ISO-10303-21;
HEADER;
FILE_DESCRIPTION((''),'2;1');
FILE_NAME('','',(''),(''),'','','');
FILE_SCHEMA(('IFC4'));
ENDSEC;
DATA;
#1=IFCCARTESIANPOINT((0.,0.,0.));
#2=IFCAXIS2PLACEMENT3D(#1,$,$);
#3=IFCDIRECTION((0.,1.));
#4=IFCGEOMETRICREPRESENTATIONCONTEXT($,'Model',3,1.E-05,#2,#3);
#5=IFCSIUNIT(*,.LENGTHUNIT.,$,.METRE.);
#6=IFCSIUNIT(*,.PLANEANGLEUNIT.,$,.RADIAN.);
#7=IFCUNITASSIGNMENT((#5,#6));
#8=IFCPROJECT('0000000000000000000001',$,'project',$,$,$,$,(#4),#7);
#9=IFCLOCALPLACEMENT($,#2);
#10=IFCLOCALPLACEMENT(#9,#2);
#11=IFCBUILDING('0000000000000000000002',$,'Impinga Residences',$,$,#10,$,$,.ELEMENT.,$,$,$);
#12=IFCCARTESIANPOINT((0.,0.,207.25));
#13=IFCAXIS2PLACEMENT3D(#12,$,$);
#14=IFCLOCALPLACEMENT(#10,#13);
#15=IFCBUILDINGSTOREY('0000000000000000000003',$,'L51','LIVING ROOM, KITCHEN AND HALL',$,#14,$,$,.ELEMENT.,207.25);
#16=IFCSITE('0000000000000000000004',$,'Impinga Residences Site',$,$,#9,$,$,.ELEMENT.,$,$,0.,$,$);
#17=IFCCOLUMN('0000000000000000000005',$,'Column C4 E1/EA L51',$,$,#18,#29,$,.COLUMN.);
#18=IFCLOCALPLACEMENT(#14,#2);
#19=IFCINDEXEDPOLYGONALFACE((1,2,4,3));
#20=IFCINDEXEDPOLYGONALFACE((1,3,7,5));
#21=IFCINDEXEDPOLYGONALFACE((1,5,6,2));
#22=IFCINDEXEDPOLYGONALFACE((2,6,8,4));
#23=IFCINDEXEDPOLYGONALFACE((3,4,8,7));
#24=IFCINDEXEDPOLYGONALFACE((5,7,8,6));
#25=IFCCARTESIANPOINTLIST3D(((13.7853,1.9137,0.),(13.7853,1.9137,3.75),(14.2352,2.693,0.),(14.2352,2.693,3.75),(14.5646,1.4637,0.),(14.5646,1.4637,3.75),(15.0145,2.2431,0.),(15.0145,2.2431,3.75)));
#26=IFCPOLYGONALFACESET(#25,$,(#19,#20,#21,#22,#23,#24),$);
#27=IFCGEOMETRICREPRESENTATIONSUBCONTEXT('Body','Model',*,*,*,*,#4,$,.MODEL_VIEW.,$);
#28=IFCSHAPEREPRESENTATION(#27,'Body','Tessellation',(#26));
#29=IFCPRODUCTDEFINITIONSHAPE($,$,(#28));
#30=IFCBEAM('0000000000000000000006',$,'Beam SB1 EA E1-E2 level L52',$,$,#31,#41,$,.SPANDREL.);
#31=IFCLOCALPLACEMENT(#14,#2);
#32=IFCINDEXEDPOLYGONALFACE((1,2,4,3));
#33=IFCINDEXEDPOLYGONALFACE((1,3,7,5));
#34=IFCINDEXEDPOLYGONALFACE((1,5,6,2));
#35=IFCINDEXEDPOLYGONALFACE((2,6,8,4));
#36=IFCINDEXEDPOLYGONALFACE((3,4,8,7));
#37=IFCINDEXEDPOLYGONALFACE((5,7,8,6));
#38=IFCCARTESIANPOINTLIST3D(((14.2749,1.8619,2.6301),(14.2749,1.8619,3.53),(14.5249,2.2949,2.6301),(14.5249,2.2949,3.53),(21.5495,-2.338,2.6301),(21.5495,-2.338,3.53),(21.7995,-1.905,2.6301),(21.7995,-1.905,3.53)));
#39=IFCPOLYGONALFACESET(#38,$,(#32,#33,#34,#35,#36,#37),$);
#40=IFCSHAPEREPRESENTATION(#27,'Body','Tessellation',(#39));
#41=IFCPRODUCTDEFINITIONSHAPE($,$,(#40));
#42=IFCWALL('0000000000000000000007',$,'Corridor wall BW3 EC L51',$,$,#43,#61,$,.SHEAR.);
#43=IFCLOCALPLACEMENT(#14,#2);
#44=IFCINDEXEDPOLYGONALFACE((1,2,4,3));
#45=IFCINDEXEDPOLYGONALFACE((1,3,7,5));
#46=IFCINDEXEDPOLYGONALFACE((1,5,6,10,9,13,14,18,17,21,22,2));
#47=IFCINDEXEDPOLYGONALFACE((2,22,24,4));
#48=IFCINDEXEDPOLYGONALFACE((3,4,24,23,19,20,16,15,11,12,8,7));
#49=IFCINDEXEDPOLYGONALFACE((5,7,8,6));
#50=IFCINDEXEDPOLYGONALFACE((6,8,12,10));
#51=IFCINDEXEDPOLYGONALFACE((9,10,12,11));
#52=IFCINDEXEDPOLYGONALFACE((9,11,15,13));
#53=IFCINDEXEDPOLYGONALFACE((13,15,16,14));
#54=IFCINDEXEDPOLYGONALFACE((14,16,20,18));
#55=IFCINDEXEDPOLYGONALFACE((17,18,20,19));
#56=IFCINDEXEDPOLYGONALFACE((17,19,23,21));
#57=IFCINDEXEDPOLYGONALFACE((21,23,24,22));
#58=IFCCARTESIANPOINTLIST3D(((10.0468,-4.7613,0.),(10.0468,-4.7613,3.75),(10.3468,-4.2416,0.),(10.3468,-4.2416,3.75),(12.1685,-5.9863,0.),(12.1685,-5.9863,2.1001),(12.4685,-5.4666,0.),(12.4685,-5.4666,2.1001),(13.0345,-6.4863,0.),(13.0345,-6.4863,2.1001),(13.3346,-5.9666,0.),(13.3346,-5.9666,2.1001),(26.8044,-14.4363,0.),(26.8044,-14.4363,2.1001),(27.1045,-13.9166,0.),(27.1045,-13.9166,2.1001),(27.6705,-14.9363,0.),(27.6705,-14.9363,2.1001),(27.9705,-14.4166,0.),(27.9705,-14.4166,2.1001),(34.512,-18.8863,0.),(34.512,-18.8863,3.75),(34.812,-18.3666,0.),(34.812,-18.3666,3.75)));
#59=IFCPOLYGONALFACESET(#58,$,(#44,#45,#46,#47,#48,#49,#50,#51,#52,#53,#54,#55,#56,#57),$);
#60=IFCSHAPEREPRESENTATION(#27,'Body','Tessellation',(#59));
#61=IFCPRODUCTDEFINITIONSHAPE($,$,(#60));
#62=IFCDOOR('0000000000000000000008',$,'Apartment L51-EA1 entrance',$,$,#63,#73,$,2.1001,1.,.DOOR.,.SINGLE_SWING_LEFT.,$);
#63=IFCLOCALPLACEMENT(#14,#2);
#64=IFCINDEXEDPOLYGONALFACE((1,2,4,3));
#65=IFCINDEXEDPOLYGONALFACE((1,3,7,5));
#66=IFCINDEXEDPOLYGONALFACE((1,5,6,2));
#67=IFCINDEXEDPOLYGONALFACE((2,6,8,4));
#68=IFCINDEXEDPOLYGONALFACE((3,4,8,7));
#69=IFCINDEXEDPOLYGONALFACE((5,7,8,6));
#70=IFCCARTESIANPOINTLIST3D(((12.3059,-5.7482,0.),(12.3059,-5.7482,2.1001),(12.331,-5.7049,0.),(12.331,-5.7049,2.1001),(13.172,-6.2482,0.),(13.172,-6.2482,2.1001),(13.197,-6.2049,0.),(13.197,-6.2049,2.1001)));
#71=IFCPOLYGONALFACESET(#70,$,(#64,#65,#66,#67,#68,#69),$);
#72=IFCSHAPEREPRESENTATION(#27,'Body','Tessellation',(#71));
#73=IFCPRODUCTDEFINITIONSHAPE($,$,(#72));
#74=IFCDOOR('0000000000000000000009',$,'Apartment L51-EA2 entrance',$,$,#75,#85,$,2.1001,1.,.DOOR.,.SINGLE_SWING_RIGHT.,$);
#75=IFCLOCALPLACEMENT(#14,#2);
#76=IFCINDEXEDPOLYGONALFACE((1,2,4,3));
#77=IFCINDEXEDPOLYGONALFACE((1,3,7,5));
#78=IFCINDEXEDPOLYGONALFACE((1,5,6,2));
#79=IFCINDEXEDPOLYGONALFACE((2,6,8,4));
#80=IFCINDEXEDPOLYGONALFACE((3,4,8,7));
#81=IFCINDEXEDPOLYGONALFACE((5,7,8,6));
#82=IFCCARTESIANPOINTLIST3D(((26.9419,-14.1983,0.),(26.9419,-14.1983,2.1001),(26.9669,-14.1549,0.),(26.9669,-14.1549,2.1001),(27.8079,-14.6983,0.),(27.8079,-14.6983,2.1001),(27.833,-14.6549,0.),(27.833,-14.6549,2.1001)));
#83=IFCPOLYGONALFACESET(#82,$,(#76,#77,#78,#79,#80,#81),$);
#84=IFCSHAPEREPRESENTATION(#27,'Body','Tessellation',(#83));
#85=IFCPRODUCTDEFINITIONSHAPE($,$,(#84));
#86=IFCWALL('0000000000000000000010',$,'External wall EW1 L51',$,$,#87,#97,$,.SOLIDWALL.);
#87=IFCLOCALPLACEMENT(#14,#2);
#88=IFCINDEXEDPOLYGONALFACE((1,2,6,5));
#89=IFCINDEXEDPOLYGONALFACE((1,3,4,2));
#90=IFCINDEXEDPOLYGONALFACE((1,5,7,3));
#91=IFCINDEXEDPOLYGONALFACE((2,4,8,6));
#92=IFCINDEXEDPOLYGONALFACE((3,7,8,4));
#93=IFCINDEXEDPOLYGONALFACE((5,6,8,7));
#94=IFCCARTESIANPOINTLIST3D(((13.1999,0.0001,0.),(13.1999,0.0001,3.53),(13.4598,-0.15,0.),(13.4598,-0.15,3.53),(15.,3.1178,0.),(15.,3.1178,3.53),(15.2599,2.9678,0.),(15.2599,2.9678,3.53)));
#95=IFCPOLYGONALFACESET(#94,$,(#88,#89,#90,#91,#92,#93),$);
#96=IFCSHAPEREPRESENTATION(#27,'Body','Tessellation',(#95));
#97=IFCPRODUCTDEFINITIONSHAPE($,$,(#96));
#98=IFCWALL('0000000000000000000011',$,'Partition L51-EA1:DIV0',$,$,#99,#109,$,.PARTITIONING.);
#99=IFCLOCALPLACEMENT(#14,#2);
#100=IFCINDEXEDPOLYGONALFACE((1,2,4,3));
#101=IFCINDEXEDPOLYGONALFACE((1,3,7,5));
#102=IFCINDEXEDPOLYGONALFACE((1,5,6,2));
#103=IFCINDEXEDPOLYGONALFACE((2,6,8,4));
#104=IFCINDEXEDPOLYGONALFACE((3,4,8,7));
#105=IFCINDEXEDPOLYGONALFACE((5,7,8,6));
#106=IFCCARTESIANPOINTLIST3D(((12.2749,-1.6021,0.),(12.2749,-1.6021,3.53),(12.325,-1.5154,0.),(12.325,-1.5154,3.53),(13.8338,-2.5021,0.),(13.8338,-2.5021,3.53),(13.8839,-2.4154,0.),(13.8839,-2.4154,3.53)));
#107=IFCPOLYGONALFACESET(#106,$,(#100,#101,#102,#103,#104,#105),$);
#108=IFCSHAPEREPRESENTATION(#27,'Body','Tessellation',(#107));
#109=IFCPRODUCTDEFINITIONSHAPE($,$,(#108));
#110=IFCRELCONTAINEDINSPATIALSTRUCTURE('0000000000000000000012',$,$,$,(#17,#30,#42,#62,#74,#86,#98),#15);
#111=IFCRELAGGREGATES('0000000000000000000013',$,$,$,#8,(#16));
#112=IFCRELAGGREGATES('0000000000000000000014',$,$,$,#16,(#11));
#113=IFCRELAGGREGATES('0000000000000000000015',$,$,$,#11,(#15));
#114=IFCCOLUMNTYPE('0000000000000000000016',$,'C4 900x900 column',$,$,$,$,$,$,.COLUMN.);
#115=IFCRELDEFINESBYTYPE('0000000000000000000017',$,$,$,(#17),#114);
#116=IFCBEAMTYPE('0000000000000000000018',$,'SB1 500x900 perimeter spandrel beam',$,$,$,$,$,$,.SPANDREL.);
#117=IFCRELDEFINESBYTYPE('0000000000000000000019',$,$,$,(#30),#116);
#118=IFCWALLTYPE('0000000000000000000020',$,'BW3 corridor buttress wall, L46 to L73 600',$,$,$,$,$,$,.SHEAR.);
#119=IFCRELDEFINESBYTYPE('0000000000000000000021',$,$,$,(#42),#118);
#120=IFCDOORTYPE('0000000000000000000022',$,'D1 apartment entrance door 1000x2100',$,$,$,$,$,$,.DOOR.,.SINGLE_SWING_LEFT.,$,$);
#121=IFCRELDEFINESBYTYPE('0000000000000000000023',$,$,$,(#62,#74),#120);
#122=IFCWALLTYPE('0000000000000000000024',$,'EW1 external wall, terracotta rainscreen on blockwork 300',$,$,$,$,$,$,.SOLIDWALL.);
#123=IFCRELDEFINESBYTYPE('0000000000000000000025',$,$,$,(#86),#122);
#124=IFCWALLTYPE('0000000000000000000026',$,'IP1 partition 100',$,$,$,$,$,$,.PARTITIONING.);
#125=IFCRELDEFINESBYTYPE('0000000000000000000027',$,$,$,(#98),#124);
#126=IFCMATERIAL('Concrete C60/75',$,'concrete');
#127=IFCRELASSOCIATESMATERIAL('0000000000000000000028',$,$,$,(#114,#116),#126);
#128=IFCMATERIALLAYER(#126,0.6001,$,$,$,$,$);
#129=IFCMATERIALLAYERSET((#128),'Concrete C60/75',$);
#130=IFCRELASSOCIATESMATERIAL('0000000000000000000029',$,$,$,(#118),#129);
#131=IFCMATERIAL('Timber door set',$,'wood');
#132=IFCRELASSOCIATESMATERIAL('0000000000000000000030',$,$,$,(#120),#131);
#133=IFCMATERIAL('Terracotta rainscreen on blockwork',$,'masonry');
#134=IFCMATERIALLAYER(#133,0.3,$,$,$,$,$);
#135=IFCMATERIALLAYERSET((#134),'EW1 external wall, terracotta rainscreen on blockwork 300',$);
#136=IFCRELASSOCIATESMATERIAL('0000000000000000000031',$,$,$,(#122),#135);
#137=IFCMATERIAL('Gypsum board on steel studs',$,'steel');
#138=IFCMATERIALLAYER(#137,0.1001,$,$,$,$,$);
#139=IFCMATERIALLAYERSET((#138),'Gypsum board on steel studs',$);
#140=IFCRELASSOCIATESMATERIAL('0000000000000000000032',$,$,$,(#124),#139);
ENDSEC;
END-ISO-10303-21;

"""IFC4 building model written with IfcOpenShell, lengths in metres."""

from ifc_helpers import new_model, si_unit, direction, frame, frame_2d, origin, origin_2d, place, context, subcontext, project, spatial, rectangle, extrude, material, layer, layer_set, material_profile, profile_set, type_object, element, fill, save


model = new_model("IFC4")

# Units and contexts
model_context = context("Model", 3, precision=1e-05, world=origin(), true_north=direction((0.0, 1.0)))
body_context = subcontext(model_context, "Body", "Model", "MODEL_VIEW")
ifc_project = project(units=[si_unit("LENGTHUNIT", "METRE"), si_unit("PLANEANGLEUNIT", "RADIAN")], contexts=[model_context])

# Site, building, storey
site_placement = place(None, origin())
site = spatial("IfcSite", under=ifc_project, at=site_placement, Name="Impinga Residences Site", CompositionType="ELEMENT", RefElevation=0.0)
building_placement = place(site_placement, origin())
building = spatial("IfcBuilding", under=site, at=building_placement, Name="Impinga Residences", CompositionType="ELEMENT")
storey_placement = place(building_placement, frame((0.0, 0.0, 207.25)))
storey = spatial("IfcBuildingStorey", under=building, at=storey_placement, Name="L51", Description="LIVING ROOM, KITCHEN AND HALL", CompositionType="ELEMENT", Elevation=207.25)

# Column
ifc_material_1 = material(Name="Concrete C60/75", Category="concrete")
ifc_material_profile_1 = material_profile(ifc_material_1, rectangle(XDim=0.8999, YDim=0.8999, at=origin_2d()), Name="RC 900x900")
ifc_profile_set_1 = profile_set([ifc_material_profile_1], Name="Concrete C60/75")
column_type = type_object("IfcColumnType", Name="C4 900x900 column", PredefinedType="COLUMN", material=ifc_profile_set_1)
column_placement = place(storey_placement, frame((14.3999, 2.0784, 0.0), z_axis=(0.0, 0.0, 1.0), x_axis=(-0.5, -0.866025, 0.0)))
element("IfcColumn", 1, at=column_placement, inside=storey, type_object=column_type, Name="Column C4 E1/EA L51", PredefinedType="COLUMN", context=body_context, shape_type="SweptSolid", body=[
    extrude(rectangle(XDim=0.8999, YDim=0.8999, at=origin_2d()), origin(), (0.0, 0.0, 1.0), 3.75),
])

# Beam
ifc_material_profile_2 = material_profile(ifc_material_1, rectangle(XDim=0.5, YDim=0.8999, at=origin_2d()), Name="RC 500x900")
ifc_profile_set_2 = profile_set([ifc_material_profile_2], Name="Concrete C60/75")
beam_type = type_object("IfcBeamType", Name="SB1 500x900 perimeter spandrel beam", PredefinedType="SPANDREL", material=ifc_profile_set_2)
beam_placement = place(storey_placement, frame((14.3999, 2.0784, 3.0801), z_axis=(0.866029, -0.499993, 0.0), x_axis=(0.499993, 0.866029, 0.0)))
element("IfcBeam", 2, at=beam_placement, inside=storey, type_object=beam_type, Name="Beam SB1 EA E1-E2 level L52", PredefinedType="SPANDREL", context=body_context, shape_type="SweptSolid", body=[
    extrude(rectangle(XDim=0.5, YDim=0.8999, at=origin_2d()), origin(), (0.0, 0.0, 1.0), 8.3999),
])

# Wall, openings, doors
ifc_layer_1 = layer(ifc_material_1, 0.6001)
ifc_layer_set_1 = layer_set([ifc_layer_1], Name="Concrete C60/75")
wall_type_1 = type_object("IfcWallType", Name="BW3 corridor buttress wall, L46 to L73 600", PredefinedType="SHEAR", material=ifc_layer_set_1)
wall_1_placement = place(storey_placement, frame((10.1968, -4.5015, 0.0), z_axis=(0.0, 0.0, 1.0), x_axis=(0.866026, -0.499998, 0.0)))
wall_1 = element("IfcWall", 3, at=wall_1_placement, inside=storey, type_object=wall_type_1, Name="Corridor wall BW3 EC L51", PredefinedType="SHEAR", context=body_context, shape_type="SweptSolid", body=[
    extrude(rectangle(XDim=28.25, YDim=0.6001, at=frame_2d((14.125, 0.0))), origin(), (0.0, 0.0, 1.0), 3.75),
])
opening_1_placement = place(wall_1_placement, frame((2.45, 0.0, 0.0)))
opening_1 = element("IfcOpeningElement", 4, at=opening_1_placement, cuts=wall_1, PredefinedType="OPENING", context=body_context, shape_type="SweptSolid", body=[
    extrude(rectangle(XDim=1.0, YDim=2.1001, at=frame_2d((0.5, 1.05))), frame((0.0, 0.3101, 0.0), z_axis=(0.0, -1.0, 0.0), x_axis=(1.0, 0.0, 0.0)), (0.0, 0.0, 1.0), 0.6201),
])
opening_2_placement = place(wall_1_placement, frame((19.3501, 0.0, 0.0)))
opening_2 = element("IfcOpeningElement", 5, at=opening_2_placement, cuts=wall_1, PredefinedType="OPENING", context=body_context, shape_type="SweptSolid", body=[
    extrude(rectangle(XDim=1.0, YDim=2.1001, at=frame_2d((0.5, 1.05))), frame((0.0, 0.3101, 0.0), z_axis=(0.0, -1.0, 0.0), x_axis=(1.0, 0.0, 0.0)), (0.0, 0.0, 1.0), 0.6201),
])
ifc_material_2 = material(Name="Timber door set", Category="wood")
door_type_1 = type_object("IfcDoorType", Name="D1 apartment entrance door 1000x2100", OperationType="SINGLE_SWING_LEFT", PredefinedType="DOOR", material=ifc_material_2)
door_1_placement = place(opening_1_placement, origin())
door_1 = element("IfcDoor", 6, at=door_1_placement, inside=storey, type_object=door_type_1, Name="Apartment L51-EA1 entrance", OperationType="SINGLE_SWING_LEFT", OverallHeight=2.1001, OverallWidth=1.0, PredefinedType="DOOR", context=body_context, shape_type="SweptSolid", body=[
    extrude(rectangle(XDim=1.0, YDim=2.1001, at=frame_2d((0.5, 1.05))), frame((0.0, 0.0249, 0.0), z_axis=(0.0, -1.0, 0.0), x_axis=(1.0, 0.0, 0.0)), (0.0, 0.0, 1.0), 0.05),
])
fill(opening_1, door_1)
door_2_placement = place(opening_2_placement, origin())
door_2 = element("IfcDoor", 7, at=door_2_placement, inside=storey, type_object=door_type_1, Name="Apartment L51-EA2 entrance", OperationType="SINGLE_SWING_RIGHT", OverallHeight=2.1001, OverallWidth=1.0, PredefinedType="DOOR", context=body_context, shape_type="SweptSolid", body=[
    extrude(rectangle(XDim=1.0, YDim=2.1001, at=frame_2d((0.5, 1.05))), frame((0.0, 0.0249, 0.0), z_axis=(0.0, -1.0, 0.0), x_axis=(1.0, 0.0, 0.0)), (0.0, 0.0, 1.0), 0.05),
])
fill(opening_2, door_2)

# Walls
ifc_material_3 = material(Name="Terracotta rainscreen on blockwork", Category="masonry")
ifc_layer_2 = layer(ifc_material_3, 0.3)
ifc_layer_set_2 = layer_set([ifc_layer_2], Name="EW1 external wall, terracotta rainscreen on blockwork 300")
wall_type_2 = type_object("IfcWallType", Name="EW1 external wall, terracotta rainscreen on blockwork 300", PredefinedType="SOLIDWALL", material=ifc_layer_set_2)
wall_2_placement = place(storey_placement, frame((13.3298, -0.075, 0.0), z_axis=(0.0, 0.0, 1.0), x_axis=(0.500012, 0.866018, 0.0)))
element("IfcWall", 8, at=wall_2_placement, inside=storey, type_object=wall_type_2, Name="External wall EW1 L51", PredefinedType="SOLIDWALL", context=body_context, shape_type="SweptSolid", body=[
    extrude(rectangle(XDim=3.6001, YDim=0.3, at=frame_2d((1.8, 0.0))), origin(), (0.0, 0.0, 1.0), 3.53),
])
ifc_material_4 = material(Name="Gypsum board on steel studs", Category="steel")
ifc_layer_3 = layer(ifc_material_4, 0.1001)
ifc_layer_set_3 = layer_set([ifc_layer_3], Name="Gypsum board on steel studs")
wall_type_3 = type_object("IfcWallType", Name="IP1 partition 100", PredefinedType="PARTITIONING", material=ifc_layer_set_3)
wall_3_placement = place(storey_placement, frame((12.3, -1.5588, 0.0), z_axis=(0.0, 0.0, 1.0), x_axis=(0.866048, -0.499961, 0.0)))
element("IfcWall", 9, at=wall_3_placement, inside=storey, type_object=wall_type_3, Name="Partition L51-EA1:DIV0", PredefinedType="PARTITIONING", context=body_context, shape_type="SweptSolid", body=[
    extrude(rectangle(XDim=1.8, YDim=0.1001, at=frame_2d((0.8999, 0.0))), origin(), (0.0, 0.0, 1.0), 3.53),
])

save(model, "model.ifc")
